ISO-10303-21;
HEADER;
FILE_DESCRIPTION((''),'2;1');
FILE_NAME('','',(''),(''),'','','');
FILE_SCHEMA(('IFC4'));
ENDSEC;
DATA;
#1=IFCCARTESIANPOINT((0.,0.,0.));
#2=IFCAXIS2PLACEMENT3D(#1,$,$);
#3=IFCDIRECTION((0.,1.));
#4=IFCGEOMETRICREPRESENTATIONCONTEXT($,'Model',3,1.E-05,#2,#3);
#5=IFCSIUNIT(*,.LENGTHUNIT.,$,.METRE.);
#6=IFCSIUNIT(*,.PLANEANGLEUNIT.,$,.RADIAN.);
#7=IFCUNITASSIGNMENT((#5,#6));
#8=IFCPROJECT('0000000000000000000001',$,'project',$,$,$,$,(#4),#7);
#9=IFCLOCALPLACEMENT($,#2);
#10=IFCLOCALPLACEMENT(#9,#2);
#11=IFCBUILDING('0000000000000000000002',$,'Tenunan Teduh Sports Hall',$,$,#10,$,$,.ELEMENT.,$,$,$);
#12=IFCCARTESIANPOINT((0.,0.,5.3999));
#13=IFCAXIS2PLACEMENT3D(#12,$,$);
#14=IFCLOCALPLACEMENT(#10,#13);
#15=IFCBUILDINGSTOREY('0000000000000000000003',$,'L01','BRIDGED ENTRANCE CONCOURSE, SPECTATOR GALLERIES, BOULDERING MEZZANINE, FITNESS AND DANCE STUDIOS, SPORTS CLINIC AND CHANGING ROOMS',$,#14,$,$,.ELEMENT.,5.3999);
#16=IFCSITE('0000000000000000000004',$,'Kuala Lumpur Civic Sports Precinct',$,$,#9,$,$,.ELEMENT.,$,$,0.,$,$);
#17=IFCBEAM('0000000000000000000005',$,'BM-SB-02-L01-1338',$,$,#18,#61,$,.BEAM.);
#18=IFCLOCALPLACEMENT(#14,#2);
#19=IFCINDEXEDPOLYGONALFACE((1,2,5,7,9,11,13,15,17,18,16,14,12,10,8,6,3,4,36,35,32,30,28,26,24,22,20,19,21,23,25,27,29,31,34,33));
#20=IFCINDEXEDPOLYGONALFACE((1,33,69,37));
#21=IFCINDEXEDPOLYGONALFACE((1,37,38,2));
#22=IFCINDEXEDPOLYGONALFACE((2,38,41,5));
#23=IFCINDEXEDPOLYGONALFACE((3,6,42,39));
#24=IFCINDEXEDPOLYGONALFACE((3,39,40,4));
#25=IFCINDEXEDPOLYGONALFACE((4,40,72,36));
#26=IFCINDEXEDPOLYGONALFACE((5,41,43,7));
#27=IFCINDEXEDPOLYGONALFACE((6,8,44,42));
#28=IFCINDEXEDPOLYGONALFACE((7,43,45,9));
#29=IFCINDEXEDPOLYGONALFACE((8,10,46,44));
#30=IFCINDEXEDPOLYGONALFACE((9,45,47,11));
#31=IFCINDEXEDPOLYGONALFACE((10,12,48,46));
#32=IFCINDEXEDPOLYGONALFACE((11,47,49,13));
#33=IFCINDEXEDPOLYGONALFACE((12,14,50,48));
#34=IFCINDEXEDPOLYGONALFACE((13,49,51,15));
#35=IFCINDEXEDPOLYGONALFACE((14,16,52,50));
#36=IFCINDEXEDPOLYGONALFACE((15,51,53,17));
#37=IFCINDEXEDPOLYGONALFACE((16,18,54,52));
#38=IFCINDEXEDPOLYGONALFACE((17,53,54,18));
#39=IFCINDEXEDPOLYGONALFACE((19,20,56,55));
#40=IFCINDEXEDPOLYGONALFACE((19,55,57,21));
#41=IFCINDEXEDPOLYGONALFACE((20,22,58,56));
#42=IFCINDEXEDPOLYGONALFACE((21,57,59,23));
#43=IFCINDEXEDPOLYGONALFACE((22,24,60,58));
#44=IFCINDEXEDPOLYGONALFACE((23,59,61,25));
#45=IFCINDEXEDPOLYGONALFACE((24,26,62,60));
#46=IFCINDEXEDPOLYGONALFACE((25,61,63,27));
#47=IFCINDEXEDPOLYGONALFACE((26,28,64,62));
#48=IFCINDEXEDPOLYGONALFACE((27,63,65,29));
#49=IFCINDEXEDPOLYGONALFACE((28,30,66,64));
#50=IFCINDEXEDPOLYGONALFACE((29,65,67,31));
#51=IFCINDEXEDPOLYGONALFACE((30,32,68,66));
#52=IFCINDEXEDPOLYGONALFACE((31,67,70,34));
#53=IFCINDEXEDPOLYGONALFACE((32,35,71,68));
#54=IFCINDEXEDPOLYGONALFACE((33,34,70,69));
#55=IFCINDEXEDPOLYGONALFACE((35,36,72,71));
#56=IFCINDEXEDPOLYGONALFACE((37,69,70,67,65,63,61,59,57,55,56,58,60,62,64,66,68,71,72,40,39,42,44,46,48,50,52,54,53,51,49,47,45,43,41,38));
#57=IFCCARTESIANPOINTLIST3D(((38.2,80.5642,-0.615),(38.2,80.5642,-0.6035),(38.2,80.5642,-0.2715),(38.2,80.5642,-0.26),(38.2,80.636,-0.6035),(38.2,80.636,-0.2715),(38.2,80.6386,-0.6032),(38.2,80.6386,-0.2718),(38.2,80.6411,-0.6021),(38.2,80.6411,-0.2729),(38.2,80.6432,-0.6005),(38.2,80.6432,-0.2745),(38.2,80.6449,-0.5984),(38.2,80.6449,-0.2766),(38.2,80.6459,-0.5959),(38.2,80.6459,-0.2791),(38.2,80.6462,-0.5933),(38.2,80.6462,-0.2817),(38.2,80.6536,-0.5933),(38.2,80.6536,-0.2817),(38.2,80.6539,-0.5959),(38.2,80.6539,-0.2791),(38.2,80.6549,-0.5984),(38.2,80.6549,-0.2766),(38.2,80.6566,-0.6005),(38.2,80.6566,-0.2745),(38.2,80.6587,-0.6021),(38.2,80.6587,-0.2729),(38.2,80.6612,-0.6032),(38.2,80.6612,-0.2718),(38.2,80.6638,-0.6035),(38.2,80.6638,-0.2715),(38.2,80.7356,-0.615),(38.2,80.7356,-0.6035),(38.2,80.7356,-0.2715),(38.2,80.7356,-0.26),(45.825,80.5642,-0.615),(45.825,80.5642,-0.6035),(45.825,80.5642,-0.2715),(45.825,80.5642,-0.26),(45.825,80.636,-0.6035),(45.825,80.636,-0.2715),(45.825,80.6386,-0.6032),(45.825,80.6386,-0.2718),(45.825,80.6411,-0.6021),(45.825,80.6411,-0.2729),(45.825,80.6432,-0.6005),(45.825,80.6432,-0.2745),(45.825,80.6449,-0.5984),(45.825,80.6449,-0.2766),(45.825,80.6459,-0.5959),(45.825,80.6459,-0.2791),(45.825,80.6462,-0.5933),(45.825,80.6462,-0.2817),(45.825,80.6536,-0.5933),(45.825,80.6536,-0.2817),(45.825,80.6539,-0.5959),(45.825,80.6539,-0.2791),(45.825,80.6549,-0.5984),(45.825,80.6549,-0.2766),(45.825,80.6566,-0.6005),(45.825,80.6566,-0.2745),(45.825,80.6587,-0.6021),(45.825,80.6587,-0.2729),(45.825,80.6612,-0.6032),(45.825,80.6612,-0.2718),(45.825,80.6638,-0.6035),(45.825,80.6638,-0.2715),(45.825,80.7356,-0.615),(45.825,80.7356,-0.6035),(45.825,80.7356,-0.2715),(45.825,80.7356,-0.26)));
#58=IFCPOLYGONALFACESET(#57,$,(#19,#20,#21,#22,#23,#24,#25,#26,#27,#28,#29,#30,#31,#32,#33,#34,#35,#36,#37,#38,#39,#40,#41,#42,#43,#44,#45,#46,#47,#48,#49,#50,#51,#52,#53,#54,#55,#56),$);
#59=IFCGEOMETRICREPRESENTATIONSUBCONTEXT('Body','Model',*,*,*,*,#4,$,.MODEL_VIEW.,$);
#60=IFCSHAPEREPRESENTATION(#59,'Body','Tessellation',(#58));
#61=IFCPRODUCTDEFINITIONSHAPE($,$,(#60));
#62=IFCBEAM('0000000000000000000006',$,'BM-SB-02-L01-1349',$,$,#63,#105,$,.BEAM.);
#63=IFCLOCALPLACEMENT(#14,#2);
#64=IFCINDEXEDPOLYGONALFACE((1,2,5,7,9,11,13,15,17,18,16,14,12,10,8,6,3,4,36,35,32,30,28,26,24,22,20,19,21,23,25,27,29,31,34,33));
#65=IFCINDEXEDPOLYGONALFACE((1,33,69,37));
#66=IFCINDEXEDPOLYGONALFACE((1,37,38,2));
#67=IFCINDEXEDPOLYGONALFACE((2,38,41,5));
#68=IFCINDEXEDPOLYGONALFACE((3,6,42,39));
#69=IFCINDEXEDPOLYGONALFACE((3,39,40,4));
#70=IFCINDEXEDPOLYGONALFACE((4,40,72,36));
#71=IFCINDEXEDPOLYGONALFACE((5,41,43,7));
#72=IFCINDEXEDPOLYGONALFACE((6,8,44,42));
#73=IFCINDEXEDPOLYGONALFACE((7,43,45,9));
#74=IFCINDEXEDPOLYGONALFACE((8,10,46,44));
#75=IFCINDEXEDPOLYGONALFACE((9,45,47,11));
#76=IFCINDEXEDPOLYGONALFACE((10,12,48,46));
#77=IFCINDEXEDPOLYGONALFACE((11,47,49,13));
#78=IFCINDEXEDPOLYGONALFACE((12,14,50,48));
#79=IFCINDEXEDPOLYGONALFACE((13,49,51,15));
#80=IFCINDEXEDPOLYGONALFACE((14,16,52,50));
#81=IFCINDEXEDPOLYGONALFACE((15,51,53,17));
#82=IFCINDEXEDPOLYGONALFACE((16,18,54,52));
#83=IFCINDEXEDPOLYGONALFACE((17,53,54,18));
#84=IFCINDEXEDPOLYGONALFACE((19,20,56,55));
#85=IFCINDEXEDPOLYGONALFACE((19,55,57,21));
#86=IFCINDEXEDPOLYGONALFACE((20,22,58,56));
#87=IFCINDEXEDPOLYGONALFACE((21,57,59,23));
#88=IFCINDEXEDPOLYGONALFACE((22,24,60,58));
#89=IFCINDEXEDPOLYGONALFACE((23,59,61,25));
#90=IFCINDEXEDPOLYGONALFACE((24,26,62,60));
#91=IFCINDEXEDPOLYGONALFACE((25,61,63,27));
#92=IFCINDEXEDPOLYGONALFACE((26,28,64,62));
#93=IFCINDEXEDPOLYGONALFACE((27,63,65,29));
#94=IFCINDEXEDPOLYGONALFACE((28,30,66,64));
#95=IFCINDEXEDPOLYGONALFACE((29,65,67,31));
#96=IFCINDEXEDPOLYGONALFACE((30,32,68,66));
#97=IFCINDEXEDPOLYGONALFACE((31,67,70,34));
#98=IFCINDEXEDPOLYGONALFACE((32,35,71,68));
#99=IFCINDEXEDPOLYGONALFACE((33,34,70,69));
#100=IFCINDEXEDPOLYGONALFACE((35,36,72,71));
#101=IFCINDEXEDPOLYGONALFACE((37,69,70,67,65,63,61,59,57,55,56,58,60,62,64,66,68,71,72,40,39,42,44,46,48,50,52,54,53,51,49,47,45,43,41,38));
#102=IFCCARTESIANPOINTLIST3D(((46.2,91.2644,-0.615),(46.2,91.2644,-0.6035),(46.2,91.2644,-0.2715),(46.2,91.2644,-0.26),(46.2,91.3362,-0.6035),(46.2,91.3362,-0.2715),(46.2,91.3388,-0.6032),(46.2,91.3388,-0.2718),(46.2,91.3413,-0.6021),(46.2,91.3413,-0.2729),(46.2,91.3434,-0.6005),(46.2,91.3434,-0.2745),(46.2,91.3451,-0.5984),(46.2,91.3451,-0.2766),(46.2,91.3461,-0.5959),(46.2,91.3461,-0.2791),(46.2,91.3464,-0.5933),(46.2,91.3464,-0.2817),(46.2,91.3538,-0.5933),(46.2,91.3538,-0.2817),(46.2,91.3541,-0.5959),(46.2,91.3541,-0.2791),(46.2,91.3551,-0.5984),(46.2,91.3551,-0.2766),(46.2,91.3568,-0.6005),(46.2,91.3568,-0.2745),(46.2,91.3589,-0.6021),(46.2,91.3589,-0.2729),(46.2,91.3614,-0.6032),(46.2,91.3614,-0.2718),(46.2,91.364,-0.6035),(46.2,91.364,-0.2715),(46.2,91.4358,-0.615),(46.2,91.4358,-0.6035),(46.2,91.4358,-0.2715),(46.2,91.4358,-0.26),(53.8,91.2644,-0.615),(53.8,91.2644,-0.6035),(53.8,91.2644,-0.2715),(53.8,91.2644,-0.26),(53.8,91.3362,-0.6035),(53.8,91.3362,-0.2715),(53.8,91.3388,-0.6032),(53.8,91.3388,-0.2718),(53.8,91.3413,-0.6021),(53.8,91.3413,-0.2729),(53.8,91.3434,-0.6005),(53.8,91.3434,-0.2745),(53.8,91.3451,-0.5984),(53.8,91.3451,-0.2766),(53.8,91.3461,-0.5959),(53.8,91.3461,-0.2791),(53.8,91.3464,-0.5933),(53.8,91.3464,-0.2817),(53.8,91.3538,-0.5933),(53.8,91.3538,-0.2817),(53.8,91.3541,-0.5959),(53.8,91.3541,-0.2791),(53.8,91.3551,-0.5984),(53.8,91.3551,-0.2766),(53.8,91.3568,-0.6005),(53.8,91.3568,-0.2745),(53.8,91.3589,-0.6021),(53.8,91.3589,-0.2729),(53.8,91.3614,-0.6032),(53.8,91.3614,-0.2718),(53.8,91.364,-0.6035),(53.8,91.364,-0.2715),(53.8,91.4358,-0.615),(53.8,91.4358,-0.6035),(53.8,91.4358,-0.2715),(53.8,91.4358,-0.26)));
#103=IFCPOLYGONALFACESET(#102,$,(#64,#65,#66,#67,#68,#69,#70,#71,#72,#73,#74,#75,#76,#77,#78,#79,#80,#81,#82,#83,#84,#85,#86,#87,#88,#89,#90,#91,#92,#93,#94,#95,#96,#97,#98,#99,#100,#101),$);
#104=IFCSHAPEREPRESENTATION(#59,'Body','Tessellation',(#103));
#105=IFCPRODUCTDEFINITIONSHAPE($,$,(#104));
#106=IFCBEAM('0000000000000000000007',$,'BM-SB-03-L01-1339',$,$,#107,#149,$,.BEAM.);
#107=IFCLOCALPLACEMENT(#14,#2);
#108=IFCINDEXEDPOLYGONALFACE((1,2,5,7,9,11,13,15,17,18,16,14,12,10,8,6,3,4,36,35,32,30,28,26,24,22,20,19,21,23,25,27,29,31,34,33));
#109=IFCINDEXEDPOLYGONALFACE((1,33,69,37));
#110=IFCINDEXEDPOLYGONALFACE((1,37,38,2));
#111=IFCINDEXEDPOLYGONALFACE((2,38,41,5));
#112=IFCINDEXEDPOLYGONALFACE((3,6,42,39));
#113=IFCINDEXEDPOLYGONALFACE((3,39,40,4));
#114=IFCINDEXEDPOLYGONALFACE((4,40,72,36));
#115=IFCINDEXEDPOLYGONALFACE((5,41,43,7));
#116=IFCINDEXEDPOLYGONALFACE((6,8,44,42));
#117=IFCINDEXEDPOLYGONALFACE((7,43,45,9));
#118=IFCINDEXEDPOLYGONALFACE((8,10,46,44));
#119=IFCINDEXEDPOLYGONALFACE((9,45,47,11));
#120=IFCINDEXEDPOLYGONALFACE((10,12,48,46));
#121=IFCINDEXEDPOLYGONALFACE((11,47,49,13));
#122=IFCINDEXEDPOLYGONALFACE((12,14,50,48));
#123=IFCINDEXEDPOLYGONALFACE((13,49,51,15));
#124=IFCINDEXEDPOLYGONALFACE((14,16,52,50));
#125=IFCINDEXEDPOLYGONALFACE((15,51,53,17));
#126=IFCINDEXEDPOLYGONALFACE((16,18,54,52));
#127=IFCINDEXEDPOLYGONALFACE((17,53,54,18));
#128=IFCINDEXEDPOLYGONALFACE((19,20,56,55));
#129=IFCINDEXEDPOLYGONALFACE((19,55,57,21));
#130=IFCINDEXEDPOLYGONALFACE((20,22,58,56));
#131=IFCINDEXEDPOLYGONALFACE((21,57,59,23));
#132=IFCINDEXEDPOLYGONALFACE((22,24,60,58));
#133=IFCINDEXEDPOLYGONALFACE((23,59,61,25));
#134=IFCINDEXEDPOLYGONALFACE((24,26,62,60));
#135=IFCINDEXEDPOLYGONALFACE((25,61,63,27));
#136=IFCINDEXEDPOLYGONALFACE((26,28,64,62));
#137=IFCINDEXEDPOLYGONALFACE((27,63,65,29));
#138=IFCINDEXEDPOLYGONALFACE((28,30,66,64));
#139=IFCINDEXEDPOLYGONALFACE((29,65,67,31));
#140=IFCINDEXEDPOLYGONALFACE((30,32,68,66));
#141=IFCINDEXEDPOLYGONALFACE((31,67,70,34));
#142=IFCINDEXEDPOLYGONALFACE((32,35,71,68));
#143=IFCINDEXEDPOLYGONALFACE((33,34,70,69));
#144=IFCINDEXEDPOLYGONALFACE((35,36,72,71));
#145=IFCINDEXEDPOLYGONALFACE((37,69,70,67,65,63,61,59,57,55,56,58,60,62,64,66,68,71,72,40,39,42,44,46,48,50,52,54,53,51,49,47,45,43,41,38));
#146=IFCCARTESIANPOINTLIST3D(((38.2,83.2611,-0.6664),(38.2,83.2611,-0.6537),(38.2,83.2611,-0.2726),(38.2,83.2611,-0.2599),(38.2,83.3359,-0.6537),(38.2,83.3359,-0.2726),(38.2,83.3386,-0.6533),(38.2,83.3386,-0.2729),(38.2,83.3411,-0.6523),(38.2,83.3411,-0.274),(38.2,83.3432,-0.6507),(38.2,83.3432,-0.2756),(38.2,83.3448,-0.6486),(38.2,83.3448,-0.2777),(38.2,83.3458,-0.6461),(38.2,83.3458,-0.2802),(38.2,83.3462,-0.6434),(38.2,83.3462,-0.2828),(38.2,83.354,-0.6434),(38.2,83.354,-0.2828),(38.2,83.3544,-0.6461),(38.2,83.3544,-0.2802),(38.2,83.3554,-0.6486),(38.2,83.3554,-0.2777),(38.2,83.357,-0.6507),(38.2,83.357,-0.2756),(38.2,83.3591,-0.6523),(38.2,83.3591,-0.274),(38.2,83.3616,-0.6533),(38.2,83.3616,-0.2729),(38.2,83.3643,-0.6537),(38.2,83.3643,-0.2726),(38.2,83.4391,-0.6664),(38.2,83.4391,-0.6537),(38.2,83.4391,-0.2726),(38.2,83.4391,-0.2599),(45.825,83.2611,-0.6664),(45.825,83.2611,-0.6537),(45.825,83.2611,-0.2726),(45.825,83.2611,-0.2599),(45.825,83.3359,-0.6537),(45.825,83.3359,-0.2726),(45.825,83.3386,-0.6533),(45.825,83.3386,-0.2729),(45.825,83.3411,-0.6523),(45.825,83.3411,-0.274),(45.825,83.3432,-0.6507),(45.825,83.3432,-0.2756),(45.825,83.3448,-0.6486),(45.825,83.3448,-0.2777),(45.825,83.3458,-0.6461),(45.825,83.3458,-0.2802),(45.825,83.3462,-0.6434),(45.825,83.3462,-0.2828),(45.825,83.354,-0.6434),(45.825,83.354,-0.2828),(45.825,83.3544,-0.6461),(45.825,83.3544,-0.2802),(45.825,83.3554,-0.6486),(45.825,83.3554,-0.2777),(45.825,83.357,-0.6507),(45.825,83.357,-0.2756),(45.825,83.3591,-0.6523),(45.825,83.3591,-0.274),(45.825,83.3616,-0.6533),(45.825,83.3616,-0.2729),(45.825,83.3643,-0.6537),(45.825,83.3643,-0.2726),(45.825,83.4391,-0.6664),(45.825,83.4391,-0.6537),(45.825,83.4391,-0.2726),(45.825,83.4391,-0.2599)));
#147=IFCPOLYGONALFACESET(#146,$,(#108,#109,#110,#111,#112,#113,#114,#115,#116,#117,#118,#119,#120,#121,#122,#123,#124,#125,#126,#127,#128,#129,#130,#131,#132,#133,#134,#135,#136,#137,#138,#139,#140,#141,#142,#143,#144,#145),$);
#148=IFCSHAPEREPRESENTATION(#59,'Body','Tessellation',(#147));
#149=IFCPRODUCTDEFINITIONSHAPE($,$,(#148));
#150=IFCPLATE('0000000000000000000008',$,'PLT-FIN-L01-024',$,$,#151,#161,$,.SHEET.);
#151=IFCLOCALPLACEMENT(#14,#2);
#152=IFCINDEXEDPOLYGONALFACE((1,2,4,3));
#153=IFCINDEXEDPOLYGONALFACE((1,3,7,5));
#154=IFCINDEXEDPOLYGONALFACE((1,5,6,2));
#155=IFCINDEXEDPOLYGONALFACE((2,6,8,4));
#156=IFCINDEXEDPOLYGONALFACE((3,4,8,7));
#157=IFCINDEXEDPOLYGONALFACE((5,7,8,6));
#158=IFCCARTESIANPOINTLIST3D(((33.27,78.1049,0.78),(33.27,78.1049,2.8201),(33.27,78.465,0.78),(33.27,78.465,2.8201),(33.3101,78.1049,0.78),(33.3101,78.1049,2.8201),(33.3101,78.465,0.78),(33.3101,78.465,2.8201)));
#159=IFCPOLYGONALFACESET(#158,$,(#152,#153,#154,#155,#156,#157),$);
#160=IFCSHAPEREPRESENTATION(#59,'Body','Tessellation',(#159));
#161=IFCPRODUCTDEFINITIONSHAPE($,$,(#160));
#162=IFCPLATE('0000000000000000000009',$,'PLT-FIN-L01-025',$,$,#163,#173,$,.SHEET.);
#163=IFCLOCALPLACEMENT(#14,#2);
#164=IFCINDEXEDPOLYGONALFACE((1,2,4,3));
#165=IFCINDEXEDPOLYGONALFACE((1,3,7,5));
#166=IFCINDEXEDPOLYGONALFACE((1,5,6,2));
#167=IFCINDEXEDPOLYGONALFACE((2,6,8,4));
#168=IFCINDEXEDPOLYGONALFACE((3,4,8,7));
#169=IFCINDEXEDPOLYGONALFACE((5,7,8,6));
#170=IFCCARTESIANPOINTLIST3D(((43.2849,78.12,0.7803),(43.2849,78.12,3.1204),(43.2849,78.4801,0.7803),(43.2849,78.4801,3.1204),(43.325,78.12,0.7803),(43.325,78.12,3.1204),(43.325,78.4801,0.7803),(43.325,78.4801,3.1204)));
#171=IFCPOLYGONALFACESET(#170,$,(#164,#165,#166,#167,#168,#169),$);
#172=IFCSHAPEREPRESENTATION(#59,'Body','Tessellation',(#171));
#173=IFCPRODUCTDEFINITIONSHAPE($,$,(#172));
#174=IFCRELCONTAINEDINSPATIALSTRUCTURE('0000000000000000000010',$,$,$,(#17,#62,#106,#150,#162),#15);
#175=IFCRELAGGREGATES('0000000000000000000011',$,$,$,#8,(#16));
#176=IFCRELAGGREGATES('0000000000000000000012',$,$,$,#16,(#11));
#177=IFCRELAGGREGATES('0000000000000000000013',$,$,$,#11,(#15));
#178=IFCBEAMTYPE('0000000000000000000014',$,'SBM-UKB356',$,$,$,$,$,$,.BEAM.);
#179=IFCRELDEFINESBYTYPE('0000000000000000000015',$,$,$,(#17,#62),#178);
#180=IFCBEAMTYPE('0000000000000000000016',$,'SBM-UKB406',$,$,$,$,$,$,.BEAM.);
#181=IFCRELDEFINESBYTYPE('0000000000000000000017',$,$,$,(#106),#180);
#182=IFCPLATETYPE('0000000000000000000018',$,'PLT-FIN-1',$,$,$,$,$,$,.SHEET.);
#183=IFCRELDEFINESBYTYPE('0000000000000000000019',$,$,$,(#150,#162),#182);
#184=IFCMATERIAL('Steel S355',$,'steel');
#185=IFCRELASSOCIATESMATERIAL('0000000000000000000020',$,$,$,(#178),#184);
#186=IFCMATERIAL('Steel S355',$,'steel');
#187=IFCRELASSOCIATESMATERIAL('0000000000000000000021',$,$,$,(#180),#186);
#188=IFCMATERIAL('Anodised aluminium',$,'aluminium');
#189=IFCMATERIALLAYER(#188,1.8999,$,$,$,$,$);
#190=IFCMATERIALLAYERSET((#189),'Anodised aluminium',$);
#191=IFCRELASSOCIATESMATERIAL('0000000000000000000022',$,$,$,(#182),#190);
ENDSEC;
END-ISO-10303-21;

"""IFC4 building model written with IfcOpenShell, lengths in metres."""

from ifc_helpers import new_model, si_unit, direction, frame, origin, origin_2d, place, context, subcontext, project, spatial, rectangle, i_section, extrude, material, layer, layer_set, material_profile, profile_set, type_object, element, save


model = new_model("IFC4")

# Units and contexts
model_context = context("Model", 3, precision=1e-05, world=origin(), true_north=direction((0.0, 1.0)))
body_context = subcontext(model_context, "Body", "Model", "MODEL_VIEW")
ifc_project = project(units=[si_unit("LENGTHUNIT", "METRE"), si_unit("PLANEANGLEUNIT", "RADIAN")], contexts=[model_context])

# Site, building, storey
site_placement = place(None, origin())
site = spatial("IfcSite", under=ifc_project, at=site_placement, Name="Kuala Lumpur Civic Sports Precinct", CompositionType="ELEMENT", RefElevation=0.0)
building_placement = place(site_placement, origin())
building = spatial("IfcBuilding", under=site, at=building_placement, Name="Tenunan Teduh Sports Hall", CompositionType="ELEMENT")
storey_placement = place(building_placement, frame((0.0, 0.0, 5.3999)))
storey = spatial("IfcBuildingStorey", under=building, at=storey_placement, Name="L01", Description="BRIDGED ENTRANCE CONCOURSE, SPECTATOR GALLERIES, BOULDERING MEZZANINE, FITNESS AND DANCE STUDIOS, SPORTS CLINIC AND CHANGING ROOMS", CompositionType="ELEMENT", Elevation=5.3999)

# Beams
ifc_material_1 = material(Name="Steel S355", Category="steel")
ifc_material_profile_1 = material_profile(ifc_material_1, i_section(OverallWidth=0.1714, OverallDepth=0.355, WebThickness=0.0073, FlangeThickness=0.0115, FilletRadius=0.0103, at=origin_2d()), Name="UKB 356x171x51")
ifc_profile_set_1 = profile_set([ifc_material_profile_1], Name="Steel S355")
beam_type_1 = type_object("IfcBeamType", Name="SBM-UKB356", PredefinedType="BEAM", material=ifc_profile_set_1)
beam_1_placement = place(storey_placement, frame((38.2, 80.6499, -0.4375), z_axis=(1.0, 0.0, 0.0), x_axis=(0.0, 1.0, 0.0)))
element("IfcBeam", 1, at=beam_1_placement, inside=storey, type_object=beam_type_1, Name="BM-SB-02-L01-1338", PredefinedType="BEAM", context=body_context, shape_type="SweptSolid", body=[
    extrude(i_section(OverallWidth=0.1714, OverallDepth=0.355, WebThickness=0.0073, FlangeThickness=0.0115, FilletRadius=0.0103, at=origin_2d()), origin(), (0.0, 0.0, 1.0), 7.625),
])
beam_2_placement = place(storey_placement, frame((46.2, 91.3501, -0.4375), z_axis=(1.0, 0.0, 0.0), x_axis=(0.0, 1.0, 0.0)))
element("IfcBeam", 2, at=beam_2_placement, inside=storey, type_object=beam_type_1, Name="BM-SB-02-L01-1349", PredefinedType="BEAM", context=body_context, shape_type="SweptSolid", body=[
    extrude(i_section(OverallWidth=0.1714, OverallDepth=0.355, WebThickness=0.0073, FlangeThickness=0.0115, FilletRadius=0.0103, at=origin_2d()), origin(), (0.0, 0.0, 1.0), 7.6001),
])
ifc_material_2 = material(Name="Steel S355", Category="steel")
ifc_material_profile_2 = material_profile(ifc_material_2, i_section(OverallWidth=0.178, OverallDepth=0.4065, WebThickness=0.0078, FlangeThickness=0.0127, FilletRadius=0.0103, at=origin_2d()), Name="UKB 406x178x60")
ifc_profile_set_2 = profile_set([ifc_material_profile_2], Name="Steel S355")
beam_type_2 = type_object("IfcBeamType", Name="SBM-UKB406", PredefinedType="BEAM", material=ifc_profile_set_2)
beam_3_placement = place(storey_placement, frame((38.2, 83.3501, -0.4631), z_axis=(1.0, 0.0, 0.0), x_axis=(0.0, 1.0, 0.0)))
element("IfcBeam", 3, at=beam_3_placement, inside=storey, type_object=beam_type_2, Name="BM-SB-03-L01-1339", PredefinedType="BEAM", context=body_context, shape_type="SweptSolid", body=[
    extrude(i_section(OverallWidth=0.178, OverallDepth=0.4065, WebThickness=0.0078, FlangeThickness=0.0127, FilletRadius=0.0103, at=origin_2d()), origin(), (0.0, 0.0, 1.0), 7.625),
])

# Plates
ifc_material_3 = material(Name="Anodised aluminium", Category="aluminium")
ifc_layer_1 = layer(ifc_material_3, 1.8999)
ifc_layer_set_1 = layer_set([ifc_layer_1], Name="Anodised aluminium")
plate_type = type_object("IfcPlateType", Name="PLT-FIN-1", PredefinedType="SHEET", material=ifc_layer_set_1)
plate_1_placement = place(storey_placement, frame((33.29, 78.2849, 0.78), z_axis=(0.0, 0.0, 1.0), x_axis=(1.0, 0.0, 0.0)))
element("IfcPlate", 4, at=plate_1_placement, inside=storey, type_object=plate_type, Name="PLT-FIN-L01-024", PredefinedType="SHEET", context=body_context, shape_type="SweptSolid", body=[
    extrude(rectangle(XDim=0.04, YDim=0.3601, at=origin_2d()), origin(), (0.0, 0.0, 1.0), 2.04),
])
plate_2_placement = place(storey_placement, frame((43.3049, 78.3, 0.7803), z_axis=(0.0, 0.0, 1.0), x_axis=(1.0, 0.0, 0.0)))
element("IfcPlate", 5, at=plate_2_placement, inside=storey, type_object=plate_type, Name="PLT-FIN-L01-025", PredefinedType="SHEET", context=body_context, shape_type="SweptSolid", body=[
    extrude(rectangle(XDim=0.04, YDim=0.3601, at=origin_2d()), origin(), (0.0, 0.0, 1.0), 2.3401),
])

save(model, "model.ifc")
